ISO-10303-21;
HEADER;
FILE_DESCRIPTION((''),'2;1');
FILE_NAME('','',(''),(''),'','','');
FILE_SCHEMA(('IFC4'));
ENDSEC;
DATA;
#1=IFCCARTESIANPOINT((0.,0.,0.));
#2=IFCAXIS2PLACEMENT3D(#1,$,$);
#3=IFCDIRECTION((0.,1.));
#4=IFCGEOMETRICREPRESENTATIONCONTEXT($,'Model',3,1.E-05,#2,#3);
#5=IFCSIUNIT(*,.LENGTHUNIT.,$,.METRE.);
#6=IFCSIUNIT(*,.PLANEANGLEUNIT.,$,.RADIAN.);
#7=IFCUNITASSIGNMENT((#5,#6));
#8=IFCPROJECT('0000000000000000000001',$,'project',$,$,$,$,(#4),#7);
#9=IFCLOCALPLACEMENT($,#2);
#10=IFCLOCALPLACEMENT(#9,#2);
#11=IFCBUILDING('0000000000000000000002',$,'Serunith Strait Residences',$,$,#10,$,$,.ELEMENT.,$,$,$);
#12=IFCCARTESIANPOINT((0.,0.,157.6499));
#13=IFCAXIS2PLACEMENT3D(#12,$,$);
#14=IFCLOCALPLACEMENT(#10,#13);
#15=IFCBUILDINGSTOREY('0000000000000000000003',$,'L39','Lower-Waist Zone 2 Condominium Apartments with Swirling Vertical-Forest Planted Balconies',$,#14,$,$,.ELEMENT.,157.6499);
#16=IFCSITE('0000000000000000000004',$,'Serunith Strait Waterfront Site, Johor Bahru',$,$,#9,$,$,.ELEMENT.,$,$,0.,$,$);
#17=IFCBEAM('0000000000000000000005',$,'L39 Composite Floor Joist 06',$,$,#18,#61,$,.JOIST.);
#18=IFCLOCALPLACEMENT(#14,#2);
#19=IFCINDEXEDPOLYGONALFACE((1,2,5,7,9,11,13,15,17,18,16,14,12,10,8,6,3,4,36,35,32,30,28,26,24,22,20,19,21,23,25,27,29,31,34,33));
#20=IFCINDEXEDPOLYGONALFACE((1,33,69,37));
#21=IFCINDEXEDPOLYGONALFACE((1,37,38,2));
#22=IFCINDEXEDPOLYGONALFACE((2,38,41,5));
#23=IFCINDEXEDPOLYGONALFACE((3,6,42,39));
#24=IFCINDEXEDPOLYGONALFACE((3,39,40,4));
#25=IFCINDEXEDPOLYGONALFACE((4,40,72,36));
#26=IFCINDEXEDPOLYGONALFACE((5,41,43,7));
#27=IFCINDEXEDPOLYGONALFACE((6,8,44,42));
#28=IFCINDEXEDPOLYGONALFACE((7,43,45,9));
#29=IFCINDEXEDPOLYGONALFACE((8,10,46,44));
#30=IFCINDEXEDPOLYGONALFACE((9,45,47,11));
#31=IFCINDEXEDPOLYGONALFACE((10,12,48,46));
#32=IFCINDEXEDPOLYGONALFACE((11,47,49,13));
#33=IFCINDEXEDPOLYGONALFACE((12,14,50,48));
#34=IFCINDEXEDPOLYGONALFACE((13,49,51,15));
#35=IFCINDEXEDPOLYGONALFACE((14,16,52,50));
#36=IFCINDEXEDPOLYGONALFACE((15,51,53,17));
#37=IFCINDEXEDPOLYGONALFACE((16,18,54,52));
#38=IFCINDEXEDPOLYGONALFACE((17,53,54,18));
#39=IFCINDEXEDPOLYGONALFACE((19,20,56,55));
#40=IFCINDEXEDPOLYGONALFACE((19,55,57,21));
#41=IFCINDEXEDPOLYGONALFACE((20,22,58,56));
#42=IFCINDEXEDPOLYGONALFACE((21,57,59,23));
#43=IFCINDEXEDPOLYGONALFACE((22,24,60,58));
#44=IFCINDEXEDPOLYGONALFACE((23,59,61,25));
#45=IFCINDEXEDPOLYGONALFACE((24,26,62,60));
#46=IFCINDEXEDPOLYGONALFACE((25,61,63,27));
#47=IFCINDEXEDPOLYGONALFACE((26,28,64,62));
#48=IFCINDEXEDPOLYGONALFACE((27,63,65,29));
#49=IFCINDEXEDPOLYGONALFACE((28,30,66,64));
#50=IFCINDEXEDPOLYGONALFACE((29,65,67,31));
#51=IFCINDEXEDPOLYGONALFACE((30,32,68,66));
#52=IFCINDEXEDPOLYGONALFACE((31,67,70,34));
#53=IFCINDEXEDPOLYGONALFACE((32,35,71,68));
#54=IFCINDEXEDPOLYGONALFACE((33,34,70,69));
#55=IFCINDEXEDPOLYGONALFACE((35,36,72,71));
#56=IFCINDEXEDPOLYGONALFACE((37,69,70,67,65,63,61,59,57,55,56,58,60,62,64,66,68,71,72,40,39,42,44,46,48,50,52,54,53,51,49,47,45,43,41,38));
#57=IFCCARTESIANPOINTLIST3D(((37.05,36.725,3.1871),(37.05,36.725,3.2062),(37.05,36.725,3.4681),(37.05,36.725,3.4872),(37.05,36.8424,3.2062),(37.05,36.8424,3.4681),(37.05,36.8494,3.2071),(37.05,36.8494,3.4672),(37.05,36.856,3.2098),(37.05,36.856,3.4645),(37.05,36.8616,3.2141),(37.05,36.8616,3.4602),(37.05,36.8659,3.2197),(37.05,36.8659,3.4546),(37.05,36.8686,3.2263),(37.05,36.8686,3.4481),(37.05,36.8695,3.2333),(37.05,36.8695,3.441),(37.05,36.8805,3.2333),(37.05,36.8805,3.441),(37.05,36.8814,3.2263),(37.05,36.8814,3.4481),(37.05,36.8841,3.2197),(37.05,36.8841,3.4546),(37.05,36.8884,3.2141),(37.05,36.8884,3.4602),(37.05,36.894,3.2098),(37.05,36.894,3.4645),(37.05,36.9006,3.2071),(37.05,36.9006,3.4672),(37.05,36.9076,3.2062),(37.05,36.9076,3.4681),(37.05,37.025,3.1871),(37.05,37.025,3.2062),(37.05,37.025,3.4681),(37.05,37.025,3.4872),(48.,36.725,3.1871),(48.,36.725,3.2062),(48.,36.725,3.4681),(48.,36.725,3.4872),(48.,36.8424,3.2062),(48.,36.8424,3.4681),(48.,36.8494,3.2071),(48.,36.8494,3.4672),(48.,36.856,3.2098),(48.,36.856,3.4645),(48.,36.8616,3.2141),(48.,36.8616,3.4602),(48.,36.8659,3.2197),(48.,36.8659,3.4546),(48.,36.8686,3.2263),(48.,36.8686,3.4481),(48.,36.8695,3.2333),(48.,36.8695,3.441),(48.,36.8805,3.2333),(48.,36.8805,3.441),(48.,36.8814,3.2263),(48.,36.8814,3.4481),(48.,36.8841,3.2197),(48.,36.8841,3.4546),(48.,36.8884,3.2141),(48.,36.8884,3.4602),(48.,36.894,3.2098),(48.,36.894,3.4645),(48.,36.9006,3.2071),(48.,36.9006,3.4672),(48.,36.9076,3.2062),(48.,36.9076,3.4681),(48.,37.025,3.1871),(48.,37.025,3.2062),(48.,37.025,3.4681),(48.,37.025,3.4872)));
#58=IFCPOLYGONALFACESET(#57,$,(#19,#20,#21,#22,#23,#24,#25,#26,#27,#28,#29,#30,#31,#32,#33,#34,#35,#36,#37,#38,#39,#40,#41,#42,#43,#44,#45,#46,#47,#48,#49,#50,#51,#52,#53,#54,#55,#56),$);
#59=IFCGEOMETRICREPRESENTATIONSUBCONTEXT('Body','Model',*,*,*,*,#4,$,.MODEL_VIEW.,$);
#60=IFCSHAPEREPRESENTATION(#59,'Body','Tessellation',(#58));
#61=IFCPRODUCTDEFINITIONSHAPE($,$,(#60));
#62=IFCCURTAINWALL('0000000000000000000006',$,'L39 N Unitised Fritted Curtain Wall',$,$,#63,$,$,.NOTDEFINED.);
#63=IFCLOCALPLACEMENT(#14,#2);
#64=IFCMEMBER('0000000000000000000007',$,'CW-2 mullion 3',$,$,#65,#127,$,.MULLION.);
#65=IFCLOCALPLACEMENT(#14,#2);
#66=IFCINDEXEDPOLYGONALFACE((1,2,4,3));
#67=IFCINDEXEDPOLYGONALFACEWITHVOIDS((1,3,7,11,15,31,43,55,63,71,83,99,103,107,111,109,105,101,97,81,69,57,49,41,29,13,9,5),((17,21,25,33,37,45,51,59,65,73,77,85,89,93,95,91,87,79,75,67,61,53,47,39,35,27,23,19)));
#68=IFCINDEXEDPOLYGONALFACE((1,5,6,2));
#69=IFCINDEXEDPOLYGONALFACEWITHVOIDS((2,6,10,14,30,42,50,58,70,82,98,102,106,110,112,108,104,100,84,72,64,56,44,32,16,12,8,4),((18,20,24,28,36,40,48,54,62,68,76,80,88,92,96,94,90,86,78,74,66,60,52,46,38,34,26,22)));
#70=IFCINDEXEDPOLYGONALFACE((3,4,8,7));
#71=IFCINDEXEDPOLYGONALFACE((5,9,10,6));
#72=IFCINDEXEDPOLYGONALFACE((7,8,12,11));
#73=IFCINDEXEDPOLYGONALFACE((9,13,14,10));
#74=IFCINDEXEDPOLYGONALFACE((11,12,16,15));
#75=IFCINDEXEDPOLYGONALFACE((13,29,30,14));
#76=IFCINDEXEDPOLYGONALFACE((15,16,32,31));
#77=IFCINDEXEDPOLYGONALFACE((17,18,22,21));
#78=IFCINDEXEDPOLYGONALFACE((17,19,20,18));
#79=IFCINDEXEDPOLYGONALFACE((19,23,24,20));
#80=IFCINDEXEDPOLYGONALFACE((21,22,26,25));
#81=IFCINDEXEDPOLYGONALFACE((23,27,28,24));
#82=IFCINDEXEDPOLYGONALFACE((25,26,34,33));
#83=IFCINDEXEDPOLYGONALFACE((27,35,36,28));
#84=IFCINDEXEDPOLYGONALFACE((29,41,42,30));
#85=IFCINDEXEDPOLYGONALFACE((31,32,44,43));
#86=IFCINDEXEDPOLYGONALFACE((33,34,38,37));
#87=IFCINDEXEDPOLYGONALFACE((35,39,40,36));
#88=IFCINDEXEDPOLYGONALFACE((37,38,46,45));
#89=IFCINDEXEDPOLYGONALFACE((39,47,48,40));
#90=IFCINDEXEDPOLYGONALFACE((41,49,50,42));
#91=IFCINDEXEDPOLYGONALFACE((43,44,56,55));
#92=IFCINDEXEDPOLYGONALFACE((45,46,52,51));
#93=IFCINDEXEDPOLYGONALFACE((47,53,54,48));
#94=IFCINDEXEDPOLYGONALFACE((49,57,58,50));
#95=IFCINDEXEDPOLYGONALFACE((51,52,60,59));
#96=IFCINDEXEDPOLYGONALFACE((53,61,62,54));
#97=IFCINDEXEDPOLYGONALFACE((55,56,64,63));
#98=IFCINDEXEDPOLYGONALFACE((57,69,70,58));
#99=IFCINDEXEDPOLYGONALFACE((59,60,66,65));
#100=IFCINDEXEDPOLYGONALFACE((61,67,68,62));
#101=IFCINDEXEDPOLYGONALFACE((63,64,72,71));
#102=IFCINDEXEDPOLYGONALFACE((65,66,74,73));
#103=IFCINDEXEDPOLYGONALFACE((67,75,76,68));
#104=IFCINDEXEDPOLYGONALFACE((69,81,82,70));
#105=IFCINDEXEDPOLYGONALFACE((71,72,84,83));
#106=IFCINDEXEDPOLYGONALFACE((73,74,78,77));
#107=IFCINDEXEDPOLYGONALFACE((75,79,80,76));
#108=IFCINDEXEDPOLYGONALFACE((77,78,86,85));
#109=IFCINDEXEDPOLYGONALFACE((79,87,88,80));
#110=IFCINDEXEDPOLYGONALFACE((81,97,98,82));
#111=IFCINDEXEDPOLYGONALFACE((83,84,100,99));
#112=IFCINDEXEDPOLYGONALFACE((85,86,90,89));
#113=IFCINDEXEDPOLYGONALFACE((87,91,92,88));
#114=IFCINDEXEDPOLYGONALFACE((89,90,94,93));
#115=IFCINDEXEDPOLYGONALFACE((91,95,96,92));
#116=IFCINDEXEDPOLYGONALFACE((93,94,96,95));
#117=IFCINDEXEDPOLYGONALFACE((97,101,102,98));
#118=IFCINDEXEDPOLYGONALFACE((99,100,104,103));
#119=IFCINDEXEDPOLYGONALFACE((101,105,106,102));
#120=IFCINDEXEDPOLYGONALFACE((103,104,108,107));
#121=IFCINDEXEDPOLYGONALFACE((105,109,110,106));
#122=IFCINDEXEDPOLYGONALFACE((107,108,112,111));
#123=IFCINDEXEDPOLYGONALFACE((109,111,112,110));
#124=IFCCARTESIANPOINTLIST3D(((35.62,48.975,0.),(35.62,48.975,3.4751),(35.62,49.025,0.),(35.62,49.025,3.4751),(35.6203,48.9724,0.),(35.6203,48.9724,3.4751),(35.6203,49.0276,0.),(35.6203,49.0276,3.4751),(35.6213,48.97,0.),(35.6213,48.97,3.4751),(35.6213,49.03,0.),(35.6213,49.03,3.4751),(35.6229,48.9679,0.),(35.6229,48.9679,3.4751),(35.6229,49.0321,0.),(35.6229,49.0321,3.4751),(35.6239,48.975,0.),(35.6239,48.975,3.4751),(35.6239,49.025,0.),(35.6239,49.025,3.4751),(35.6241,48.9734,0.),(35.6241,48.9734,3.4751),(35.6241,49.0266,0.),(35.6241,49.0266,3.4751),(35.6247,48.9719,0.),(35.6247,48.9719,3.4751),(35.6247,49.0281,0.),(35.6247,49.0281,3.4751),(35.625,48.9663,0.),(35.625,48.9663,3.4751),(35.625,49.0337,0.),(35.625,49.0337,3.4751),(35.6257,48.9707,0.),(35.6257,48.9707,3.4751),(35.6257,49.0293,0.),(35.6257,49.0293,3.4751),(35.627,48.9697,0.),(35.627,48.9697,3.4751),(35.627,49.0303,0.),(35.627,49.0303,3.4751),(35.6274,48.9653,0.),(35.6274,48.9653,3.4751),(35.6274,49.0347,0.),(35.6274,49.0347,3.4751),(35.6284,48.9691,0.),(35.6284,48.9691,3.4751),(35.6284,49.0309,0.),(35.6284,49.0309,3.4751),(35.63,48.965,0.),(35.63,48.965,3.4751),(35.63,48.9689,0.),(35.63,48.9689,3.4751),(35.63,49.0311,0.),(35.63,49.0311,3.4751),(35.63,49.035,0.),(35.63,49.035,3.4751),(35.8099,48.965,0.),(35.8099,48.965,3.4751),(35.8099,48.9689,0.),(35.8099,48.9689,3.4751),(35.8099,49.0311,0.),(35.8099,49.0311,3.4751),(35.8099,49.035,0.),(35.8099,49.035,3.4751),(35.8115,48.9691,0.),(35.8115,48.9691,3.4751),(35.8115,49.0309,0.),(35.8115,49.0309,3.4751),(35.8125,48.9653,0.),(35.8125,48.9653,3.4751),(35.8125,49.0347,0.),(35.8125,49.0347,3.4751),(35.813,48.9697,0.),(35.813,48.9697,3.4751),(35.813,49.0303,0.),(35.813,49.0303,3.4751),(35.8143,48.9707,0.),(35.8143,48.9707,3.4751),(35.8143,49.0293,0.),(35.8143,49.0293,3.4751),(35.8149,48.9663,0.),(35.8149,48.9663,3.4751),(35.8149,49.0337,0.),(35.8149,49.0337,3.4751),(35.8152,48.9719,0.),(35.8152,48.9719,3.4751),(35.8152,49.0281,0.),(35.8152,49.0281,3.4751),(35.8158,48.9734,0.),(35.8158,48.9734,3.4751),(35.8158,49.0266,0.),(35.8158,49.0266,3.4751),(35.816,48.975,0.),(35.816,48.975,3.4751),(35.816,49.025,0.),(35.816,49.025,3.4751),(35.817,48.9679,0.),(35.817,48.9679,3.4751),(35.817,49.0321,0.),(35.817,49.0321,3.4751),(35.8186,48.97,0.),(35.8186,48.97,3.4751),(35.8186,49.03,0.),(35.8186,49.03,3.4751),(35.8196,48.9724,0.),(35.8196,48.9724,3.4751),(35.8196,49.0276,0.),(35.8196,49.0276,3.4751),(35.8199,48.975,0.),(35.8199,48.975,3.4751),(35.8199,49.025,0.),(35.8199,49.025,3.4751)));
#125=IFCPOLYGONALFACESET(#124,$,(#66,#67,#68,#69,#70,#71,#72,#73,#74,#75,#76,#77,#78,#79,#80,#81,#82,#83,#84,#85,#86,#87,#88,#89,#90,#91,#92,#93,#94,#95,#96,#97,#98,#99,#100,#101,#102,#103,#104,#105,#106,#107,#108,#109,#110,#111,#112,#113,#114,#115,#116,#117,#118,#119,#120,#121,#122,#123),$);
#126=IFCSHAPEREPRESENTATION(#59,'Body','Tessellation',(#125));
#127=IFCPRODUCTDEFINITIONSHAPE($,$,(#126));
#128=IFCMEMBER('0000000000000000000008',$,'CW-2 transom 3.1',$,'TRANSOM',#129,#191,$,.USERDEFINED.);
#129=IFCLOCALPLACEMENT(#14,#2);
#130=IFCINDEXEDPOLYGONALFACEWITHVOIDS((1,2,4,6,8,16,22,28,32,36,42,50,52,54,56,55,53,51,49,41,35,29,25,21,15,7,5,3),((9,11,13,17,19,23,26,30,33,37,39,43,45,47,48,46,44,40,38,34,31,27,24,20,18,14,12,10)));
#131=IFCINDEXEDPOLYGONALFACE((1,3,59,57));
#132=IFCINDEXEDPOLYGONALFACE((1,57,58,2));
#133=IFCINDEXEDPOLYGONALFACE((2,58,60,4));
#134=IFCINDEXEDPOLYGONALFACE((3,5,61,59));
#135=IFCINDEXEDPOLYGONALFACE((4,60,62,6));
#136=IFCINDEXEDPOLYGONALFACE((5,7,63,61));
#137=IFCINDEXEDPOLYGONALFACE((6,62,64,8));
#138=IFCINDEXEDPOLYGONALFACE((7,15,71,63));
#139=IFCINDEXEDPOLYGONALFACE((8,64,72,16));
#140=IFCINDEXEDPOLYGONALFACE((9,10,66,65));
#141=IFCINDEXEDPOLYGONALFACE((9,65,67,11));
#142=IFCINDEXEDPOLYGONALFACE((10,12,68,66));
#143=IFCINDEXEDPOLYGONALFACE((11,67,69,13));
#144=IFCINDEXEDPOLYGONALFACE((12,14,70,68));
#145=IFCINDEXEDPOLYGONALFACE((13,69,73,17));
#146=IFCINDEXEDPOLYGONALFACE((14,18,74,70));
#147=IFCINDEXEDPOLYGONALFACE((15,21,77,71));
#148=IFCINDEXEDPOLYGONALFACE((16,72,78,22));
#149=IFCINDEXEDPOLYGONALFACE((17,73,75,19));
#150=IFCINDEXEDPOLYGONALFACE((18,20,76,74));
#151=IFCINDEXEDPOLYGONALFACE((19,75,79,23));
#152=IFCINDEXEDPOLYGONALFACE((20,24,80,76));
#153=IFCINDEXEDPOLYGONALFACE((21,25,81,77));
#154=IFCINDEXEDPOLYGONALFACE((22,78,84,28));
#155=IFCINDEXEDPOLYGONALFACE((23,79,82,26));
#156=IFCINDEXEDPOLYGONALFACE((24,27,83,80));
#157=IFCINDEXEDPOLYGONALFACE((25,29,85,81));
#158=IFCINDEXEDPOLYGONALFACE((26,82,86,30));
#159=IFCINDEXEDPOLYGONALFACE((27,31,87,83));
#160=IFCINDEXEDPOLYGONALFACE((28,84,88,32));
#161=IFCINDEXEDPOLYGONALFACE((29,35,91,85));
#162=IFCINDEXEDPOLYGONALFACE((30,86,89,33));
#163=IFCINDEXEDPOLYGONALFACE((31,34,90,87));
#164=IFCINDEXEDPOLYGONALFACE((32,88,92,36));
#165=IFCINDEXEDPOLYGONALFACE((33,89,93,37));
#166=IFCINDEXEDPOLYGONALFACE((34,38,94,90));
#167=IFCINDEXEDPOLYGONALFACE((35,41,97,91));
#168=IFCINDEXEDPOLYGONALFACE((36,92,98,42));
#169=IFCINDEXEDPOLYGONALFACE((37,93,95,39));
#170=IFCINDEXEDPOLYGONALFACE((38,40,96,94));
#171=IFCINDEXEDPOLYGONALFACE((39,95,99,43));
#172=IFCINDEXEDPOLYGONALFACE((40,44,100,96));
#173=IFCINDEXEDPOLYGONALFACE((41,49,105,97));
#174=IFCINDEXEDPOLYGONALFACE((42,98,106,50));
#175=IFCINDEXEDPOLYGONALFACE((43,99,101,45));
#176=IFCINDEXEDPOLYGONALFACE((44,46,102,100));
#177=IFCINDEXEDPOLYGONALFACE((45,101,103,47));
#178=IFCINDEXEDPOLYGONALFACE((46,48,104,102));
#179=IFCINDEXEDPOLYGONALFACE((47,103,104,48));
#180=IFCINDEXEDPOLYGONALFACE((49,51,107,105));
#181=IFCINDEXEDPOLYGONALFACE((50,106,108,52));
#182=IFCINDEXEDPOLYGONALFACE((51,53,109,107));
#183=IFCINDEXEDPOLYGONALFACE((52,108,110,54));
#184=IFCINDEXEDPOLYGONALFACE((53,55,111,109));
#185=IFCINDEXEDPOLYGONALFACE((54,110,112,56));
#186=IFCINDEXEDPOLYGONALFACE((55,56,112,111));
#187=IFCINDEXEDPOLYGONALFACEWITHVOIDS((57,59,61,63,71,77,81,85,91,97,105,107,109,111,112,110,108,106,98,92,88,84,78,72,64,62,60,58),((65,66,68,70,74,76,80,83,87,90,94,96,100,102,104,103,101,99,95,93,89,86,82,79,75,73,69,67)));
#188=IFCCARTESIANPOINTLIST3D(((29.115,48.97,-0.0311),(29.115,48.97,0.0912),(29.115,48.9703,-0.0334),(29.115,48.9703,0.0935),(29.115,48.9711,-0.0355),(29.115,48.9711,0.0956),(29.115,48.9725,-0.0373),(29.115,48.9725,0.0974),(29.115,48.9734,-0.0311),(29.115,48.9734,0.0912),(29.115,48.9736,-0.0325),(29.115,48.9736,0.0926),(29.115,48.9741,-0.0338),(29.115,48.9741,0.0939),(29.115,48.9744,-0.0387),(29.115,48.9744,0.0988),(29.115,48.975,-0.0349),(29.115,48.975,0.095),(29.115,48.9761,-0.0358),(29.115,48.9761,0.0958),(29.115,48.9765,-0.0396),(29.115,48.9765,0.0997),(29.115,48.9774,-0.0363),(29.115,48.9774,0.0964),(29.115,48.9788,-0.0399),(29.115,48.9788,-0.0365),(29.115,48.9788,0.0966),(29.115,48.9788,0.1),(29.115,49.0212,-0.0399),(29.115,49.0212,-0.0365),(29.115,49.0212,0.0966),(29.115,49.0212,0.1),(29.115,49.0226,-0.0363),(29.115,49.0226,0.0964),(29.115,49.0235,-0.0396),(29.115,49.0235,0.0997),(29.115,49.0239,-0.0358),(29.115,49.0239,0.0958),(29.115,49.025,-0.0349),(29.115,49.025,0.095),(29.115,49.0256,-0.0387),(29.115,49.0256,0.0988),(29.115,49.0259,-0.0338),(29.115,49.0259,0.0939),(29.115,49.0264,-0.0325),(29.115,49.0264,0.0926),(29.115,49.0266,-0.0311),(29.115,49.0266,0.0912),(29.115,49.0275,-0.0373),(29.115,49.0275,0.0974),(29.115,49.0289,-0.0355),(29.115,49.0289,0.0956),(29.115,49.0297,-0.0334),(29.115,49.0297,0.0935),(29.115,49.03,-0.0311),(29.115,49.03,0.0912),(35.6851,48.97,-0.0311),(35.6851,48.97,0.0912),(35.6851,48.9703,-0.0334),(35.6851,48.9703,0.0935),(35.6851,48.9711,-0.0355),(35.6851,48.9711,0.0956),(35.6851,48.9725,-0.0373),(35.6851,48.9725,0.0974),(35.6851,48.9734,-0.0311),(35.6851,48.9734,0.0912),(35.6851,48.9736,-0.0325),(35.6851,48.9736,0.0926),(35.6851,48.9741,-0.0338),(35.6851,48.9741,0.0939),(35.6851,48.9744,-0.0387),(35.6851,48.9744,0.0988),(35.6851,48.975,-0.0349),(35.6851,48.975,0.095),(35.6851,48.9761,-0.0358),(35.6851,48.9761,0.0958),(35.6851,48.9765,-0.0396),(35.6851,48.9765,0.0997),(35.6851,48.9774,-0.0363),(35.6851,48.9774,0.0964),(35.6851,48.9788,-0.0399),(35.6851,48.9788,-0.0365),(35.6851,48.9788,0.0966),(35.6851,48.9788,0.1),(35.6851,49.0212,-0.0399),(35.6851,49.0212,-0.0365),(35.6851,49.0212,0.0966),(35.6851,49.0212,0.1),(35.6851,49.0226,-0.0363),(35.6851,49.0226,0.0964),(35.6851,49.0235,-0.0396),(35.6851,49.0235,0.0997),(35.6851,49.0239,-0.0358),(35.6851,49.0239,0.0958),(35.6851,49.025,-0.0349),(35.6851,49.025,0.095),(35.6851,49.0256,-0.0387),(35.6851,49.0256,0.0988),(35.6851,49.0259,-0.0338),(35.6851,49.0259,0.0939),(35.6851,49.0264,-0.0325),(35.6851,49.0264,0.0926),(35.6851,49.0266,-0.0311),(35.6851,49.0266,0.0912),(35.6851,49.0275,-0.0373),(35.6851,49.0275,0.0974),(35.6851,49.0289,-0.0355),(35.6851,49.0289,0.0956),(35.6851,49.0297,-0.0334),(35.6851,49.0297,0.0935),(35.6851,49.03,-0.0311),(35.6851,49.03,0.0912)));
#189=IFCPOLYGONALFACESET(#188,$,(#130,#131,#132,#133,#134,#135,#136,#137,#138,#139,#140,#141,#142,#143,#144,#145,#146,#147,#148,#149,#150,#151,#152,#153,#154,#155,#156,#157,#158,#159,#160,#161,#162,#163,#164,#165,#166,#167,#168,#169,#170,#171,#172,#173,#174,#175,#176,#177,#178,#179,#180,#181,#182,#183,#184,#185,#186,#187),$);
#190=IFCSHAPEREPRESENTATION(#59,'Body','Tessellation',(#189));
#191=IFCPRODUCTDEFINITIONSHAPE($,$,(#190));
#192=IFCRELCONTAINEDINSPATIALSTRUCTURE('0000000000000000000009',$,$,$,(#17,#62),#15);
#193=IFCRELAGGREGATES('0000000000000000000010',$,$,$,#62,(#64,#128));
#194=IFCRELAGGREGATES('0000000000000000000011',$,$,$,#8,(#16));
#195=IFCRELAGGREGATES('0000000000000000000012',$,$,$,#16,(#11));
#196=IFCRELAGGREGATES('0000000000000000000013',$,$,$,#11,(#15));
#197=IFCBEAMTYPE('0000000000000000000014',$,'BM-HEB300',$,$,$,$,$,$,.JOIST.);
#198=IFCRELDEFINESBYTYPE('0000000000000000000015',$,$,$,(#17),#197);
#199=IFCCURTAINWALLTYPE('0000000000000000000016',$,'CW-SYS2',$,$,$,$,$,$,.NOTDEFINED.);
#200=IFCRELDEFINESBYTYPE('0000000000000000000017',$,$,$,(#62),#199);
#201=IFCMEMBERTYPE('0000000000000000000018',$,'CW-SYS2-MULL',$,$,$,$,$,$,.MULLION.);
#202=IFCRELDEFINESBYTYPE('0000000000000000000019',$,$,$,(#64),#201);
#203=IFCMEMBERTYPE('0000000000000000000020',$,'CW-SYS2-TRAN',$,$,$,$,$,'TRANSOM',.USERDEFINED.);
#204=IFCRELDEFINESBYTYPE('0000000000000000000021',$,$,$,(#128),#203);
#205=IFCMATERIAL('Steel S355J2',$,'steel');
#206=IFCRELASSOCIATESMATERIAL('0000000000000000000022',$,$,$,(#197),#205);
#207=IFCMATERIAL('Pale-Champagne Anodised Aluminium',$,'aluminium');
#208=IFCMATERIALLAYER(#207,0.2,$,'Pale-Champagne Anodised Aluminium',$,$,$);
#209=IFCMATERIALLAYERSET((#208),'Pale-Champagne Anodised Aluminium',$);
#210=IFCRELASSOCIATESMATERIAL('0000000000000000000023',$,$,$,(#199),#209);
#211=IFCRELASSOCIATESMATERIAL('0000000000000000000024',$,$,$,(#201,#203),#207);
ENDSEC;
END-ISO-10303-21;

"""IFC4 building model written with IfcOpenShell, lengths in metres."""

from ifc_helpers import new_model, si_unit, direction, frame, origin, origin_2d, place, context, subcontext, project, spatial, hollow_rectangle, i_section, extrude, source, transform, mapped, material, layer, layer_set, material_profile, profile_set, type_object, element, aggregate, save


model = new_model("IFC4")

# Units and contexts
model_context = context("Model", 3, precision=1e-05, world=origin(), true_north=direction((0.0, 1.0)))
body_context = subcontext(model_context, "Body", "Model", "MODEL_VIEW")
ifc_project = project(units=[si_unit("LENGTHUNIT", "METRE"), si_unit("PLANEANGLEUNIT", "RADIAN")], contexts=[model_context])

# Site, building, storey
site_placement = place(None, origin())
site = spatial("IfcSite", under=ifc_project, at=site_placement, Name="Serunith Strait Waterfront Site, Johor Bahru", CompositionType="ELEMENT", RefElevation=0.0)
building_placement = place(site_placement, origin())
building = spatial("IfcBuilding", under=site, at=building_placement, Name="Serunith Strait Residences", CompositionType="ELEMENT")
storey_placement = place(building_placement, frame((0.0, 0.0, 157.6499)))
storey = spatial("IfcBuildingStorey", under=building, at=storey_placement, Name="L39", Description="Lower-Waist Zone 2 Condominium Apartments with Swirling Vertical-Forest Planted Balconies", CompositionType="ELEMENT", Elevation=157.6499)

# Beam
ifc_material_1 = material(Name="Steel S355J2", Category="steel")
ifc_material_profile_1 = material_profile(ifc_material_1, i_section(OverallWidth=0.3, OverallDepth=0.3, WebThickness=0.011, FlangeThickness=0.019, FilletRadius=0.0271, at=origin_2d()), Name="HEB 300")
ifc_profile_set_1 = profile_set([ifc_material_profile_1], Name="Steel S355J2")
beam_type_1 = type_object("IfcBeamType", Name="BM-HEB300", PredefinedType="JOIST", material=ifc_profile_set_1)
shared_shape_1 = source(origin(), body_context, "Body", "SweptSolid", [
    extrude(i_section(OverallWidth=0.3, OverallDepth=0.3, WebThickness=0.011, FlangeThickness=0.019, FilletRadius=0.0271, at=origin_2d()), origin(), (0.0, 0.0, 1.0), 10.95),
])
beam_1_placement = place(storey_placement, frame((37.05, 36.875, 3.3372), z_axis=(1.0, 0.0, 0.0), x_axis=(0.0, 1.0, 0.0)))
element("IfcBeam", 1, at=beam_1_placement, inside=storey, type_object=beam_type_1, Name="L39 Composite Floor Joist 06", PredefinedType="JOIST", context=body_context, shape_type="MappedRepresentation", body=[
    mapped(shared_shape_1, transform((0.0, 0.0, 0.0), scale=1.0)),
])

# Curtain wall, members
ifc_material_2 = material(Name="Pale-Champagne Anodised Aluminium", Category="aluminium")
ifc_layer_1 = layer(ifc_material_2, 0.2, Name="Pale-Champagne Anodised Aluminium")
ifc_layer_set_1 = layer_set([ifc_layer_1], Name="Pale-Champagne Anodised Aluminium")
curtain_wall_type = type_object("IfcCurtainWallType", Name="CW-SYS2", PredefinedType="NOTDEFINED", material=ifc_layer_set_1)
curtain_wall_placement = place(storey_placement, origin())
curtain_wall = element("IfcCurtainWall", 2, at=curtain_wall_placement, inside=storey, type_object=curtain_wall_type, Name="L39 N Unitised Fritted Curtain Wall", PredefinedType="NOTDEFINED")
ifc_material_profile_2 = material_profile(ifc_material_2, hollow_rectangle(XDim=0.0701, YDim=0.2, WallThickness=0.0039, InnerFilletRadius=0.0061, OuterFilletRadius=0.01, at=origin_2d()), Name="ALU 200x70x4")
ifc_profile_set_2 = profile_set([ifc_material_profile_2], Name="Pale-Champagne Anodised Aluminium")
member_type_1 = type_object("IfcMemberType", Name="CW-SYS2-MULL", PredefinedType="MULLION", material=ifc_profile_set_2)
shared_shape_2 = source(origin(), body_context, "Body", "SweptSolid", [
    extrude(hollow_rectangle(XDim=0.0701, YDim=0.2, WallThickness=0.0039, InnerFilletRadius=0.0061, OuterFilletRadius=0.01, at=origin_2d()), origin(), (0.0, 0.0, 1.0), 3.4751),
])
member_1_placement = place(storey_placement, frame((35.72, 49.0, 0.0), z_axis=(0.0, 0.0, 1.0), x_axis=(0.0, -1.0, 0.0)))
member_1 = element("IfcMember", 3, at=member_1_placement, type_object=member_type_1, Name="CW-2 mullion 3", PredefinedType="MULLION", context=body_context, shape_type="MappedRepresentation", body=[
    mapped(shared_shape_2, transform((0.0, 0.0, 0.0), scale=1.0)),
])
ifc_material_profile_3 = material_profile(ifc_material_2, hollow_rectangle(XDim=0.0601, YDim=0.1399, WallThickness=0.0034, InnerFilletRadius=0.0054, OuterFilletRadius=0.0088, at=origin_2d()), Name="ALU 140x60x3.5")
ifc_profile_set_3 = profile_set([ifc_material_profile_3], Name="Pale-Champagne Anodised Aluminium")
member_type_2 = type_object("IfcMemberType", Name="CW-SYS2-TRAN", ElementType="TRANSOM", PredefinedType="USERDEFINED", material=ifc_profile_set_3)
shared_shape_3 = source(origin(), body_context, "Body", "SweptSolid", [
    extrude(hollow_rectangle(XDim=0.0601, YDim=0.1399, WallThickness=0.0034, InnerFilletRadius=0.0054, OuterFilletRadius=0.0088, at=origin_2d()), origin(), (0.0, 0.0, 1.0), 6.5701),
])
member_2_placement = place(storey_placement, frame((35.6851, 49.0, 0.03), z_axis=(-1.0, 0.0, 0.0), x_axis=(0.0, -1.0, 0.0)))
member_2 = element("IfcMember", 4, at=member_2_placement, type_object=member_type_2, Name="CW-2 transom 3.1", ObjectType="TRANSOM", PredefinedType="USERDEFINED", context=body_context, shape_type="MappedRepresentation", body=[
    mapped(shared_shape_3, transform((0.0, 0.0, 0.0), scale=1.0)),
])
aggregate(curtain_wall, [member_1, member_2])

save(model, "model.ifc")
